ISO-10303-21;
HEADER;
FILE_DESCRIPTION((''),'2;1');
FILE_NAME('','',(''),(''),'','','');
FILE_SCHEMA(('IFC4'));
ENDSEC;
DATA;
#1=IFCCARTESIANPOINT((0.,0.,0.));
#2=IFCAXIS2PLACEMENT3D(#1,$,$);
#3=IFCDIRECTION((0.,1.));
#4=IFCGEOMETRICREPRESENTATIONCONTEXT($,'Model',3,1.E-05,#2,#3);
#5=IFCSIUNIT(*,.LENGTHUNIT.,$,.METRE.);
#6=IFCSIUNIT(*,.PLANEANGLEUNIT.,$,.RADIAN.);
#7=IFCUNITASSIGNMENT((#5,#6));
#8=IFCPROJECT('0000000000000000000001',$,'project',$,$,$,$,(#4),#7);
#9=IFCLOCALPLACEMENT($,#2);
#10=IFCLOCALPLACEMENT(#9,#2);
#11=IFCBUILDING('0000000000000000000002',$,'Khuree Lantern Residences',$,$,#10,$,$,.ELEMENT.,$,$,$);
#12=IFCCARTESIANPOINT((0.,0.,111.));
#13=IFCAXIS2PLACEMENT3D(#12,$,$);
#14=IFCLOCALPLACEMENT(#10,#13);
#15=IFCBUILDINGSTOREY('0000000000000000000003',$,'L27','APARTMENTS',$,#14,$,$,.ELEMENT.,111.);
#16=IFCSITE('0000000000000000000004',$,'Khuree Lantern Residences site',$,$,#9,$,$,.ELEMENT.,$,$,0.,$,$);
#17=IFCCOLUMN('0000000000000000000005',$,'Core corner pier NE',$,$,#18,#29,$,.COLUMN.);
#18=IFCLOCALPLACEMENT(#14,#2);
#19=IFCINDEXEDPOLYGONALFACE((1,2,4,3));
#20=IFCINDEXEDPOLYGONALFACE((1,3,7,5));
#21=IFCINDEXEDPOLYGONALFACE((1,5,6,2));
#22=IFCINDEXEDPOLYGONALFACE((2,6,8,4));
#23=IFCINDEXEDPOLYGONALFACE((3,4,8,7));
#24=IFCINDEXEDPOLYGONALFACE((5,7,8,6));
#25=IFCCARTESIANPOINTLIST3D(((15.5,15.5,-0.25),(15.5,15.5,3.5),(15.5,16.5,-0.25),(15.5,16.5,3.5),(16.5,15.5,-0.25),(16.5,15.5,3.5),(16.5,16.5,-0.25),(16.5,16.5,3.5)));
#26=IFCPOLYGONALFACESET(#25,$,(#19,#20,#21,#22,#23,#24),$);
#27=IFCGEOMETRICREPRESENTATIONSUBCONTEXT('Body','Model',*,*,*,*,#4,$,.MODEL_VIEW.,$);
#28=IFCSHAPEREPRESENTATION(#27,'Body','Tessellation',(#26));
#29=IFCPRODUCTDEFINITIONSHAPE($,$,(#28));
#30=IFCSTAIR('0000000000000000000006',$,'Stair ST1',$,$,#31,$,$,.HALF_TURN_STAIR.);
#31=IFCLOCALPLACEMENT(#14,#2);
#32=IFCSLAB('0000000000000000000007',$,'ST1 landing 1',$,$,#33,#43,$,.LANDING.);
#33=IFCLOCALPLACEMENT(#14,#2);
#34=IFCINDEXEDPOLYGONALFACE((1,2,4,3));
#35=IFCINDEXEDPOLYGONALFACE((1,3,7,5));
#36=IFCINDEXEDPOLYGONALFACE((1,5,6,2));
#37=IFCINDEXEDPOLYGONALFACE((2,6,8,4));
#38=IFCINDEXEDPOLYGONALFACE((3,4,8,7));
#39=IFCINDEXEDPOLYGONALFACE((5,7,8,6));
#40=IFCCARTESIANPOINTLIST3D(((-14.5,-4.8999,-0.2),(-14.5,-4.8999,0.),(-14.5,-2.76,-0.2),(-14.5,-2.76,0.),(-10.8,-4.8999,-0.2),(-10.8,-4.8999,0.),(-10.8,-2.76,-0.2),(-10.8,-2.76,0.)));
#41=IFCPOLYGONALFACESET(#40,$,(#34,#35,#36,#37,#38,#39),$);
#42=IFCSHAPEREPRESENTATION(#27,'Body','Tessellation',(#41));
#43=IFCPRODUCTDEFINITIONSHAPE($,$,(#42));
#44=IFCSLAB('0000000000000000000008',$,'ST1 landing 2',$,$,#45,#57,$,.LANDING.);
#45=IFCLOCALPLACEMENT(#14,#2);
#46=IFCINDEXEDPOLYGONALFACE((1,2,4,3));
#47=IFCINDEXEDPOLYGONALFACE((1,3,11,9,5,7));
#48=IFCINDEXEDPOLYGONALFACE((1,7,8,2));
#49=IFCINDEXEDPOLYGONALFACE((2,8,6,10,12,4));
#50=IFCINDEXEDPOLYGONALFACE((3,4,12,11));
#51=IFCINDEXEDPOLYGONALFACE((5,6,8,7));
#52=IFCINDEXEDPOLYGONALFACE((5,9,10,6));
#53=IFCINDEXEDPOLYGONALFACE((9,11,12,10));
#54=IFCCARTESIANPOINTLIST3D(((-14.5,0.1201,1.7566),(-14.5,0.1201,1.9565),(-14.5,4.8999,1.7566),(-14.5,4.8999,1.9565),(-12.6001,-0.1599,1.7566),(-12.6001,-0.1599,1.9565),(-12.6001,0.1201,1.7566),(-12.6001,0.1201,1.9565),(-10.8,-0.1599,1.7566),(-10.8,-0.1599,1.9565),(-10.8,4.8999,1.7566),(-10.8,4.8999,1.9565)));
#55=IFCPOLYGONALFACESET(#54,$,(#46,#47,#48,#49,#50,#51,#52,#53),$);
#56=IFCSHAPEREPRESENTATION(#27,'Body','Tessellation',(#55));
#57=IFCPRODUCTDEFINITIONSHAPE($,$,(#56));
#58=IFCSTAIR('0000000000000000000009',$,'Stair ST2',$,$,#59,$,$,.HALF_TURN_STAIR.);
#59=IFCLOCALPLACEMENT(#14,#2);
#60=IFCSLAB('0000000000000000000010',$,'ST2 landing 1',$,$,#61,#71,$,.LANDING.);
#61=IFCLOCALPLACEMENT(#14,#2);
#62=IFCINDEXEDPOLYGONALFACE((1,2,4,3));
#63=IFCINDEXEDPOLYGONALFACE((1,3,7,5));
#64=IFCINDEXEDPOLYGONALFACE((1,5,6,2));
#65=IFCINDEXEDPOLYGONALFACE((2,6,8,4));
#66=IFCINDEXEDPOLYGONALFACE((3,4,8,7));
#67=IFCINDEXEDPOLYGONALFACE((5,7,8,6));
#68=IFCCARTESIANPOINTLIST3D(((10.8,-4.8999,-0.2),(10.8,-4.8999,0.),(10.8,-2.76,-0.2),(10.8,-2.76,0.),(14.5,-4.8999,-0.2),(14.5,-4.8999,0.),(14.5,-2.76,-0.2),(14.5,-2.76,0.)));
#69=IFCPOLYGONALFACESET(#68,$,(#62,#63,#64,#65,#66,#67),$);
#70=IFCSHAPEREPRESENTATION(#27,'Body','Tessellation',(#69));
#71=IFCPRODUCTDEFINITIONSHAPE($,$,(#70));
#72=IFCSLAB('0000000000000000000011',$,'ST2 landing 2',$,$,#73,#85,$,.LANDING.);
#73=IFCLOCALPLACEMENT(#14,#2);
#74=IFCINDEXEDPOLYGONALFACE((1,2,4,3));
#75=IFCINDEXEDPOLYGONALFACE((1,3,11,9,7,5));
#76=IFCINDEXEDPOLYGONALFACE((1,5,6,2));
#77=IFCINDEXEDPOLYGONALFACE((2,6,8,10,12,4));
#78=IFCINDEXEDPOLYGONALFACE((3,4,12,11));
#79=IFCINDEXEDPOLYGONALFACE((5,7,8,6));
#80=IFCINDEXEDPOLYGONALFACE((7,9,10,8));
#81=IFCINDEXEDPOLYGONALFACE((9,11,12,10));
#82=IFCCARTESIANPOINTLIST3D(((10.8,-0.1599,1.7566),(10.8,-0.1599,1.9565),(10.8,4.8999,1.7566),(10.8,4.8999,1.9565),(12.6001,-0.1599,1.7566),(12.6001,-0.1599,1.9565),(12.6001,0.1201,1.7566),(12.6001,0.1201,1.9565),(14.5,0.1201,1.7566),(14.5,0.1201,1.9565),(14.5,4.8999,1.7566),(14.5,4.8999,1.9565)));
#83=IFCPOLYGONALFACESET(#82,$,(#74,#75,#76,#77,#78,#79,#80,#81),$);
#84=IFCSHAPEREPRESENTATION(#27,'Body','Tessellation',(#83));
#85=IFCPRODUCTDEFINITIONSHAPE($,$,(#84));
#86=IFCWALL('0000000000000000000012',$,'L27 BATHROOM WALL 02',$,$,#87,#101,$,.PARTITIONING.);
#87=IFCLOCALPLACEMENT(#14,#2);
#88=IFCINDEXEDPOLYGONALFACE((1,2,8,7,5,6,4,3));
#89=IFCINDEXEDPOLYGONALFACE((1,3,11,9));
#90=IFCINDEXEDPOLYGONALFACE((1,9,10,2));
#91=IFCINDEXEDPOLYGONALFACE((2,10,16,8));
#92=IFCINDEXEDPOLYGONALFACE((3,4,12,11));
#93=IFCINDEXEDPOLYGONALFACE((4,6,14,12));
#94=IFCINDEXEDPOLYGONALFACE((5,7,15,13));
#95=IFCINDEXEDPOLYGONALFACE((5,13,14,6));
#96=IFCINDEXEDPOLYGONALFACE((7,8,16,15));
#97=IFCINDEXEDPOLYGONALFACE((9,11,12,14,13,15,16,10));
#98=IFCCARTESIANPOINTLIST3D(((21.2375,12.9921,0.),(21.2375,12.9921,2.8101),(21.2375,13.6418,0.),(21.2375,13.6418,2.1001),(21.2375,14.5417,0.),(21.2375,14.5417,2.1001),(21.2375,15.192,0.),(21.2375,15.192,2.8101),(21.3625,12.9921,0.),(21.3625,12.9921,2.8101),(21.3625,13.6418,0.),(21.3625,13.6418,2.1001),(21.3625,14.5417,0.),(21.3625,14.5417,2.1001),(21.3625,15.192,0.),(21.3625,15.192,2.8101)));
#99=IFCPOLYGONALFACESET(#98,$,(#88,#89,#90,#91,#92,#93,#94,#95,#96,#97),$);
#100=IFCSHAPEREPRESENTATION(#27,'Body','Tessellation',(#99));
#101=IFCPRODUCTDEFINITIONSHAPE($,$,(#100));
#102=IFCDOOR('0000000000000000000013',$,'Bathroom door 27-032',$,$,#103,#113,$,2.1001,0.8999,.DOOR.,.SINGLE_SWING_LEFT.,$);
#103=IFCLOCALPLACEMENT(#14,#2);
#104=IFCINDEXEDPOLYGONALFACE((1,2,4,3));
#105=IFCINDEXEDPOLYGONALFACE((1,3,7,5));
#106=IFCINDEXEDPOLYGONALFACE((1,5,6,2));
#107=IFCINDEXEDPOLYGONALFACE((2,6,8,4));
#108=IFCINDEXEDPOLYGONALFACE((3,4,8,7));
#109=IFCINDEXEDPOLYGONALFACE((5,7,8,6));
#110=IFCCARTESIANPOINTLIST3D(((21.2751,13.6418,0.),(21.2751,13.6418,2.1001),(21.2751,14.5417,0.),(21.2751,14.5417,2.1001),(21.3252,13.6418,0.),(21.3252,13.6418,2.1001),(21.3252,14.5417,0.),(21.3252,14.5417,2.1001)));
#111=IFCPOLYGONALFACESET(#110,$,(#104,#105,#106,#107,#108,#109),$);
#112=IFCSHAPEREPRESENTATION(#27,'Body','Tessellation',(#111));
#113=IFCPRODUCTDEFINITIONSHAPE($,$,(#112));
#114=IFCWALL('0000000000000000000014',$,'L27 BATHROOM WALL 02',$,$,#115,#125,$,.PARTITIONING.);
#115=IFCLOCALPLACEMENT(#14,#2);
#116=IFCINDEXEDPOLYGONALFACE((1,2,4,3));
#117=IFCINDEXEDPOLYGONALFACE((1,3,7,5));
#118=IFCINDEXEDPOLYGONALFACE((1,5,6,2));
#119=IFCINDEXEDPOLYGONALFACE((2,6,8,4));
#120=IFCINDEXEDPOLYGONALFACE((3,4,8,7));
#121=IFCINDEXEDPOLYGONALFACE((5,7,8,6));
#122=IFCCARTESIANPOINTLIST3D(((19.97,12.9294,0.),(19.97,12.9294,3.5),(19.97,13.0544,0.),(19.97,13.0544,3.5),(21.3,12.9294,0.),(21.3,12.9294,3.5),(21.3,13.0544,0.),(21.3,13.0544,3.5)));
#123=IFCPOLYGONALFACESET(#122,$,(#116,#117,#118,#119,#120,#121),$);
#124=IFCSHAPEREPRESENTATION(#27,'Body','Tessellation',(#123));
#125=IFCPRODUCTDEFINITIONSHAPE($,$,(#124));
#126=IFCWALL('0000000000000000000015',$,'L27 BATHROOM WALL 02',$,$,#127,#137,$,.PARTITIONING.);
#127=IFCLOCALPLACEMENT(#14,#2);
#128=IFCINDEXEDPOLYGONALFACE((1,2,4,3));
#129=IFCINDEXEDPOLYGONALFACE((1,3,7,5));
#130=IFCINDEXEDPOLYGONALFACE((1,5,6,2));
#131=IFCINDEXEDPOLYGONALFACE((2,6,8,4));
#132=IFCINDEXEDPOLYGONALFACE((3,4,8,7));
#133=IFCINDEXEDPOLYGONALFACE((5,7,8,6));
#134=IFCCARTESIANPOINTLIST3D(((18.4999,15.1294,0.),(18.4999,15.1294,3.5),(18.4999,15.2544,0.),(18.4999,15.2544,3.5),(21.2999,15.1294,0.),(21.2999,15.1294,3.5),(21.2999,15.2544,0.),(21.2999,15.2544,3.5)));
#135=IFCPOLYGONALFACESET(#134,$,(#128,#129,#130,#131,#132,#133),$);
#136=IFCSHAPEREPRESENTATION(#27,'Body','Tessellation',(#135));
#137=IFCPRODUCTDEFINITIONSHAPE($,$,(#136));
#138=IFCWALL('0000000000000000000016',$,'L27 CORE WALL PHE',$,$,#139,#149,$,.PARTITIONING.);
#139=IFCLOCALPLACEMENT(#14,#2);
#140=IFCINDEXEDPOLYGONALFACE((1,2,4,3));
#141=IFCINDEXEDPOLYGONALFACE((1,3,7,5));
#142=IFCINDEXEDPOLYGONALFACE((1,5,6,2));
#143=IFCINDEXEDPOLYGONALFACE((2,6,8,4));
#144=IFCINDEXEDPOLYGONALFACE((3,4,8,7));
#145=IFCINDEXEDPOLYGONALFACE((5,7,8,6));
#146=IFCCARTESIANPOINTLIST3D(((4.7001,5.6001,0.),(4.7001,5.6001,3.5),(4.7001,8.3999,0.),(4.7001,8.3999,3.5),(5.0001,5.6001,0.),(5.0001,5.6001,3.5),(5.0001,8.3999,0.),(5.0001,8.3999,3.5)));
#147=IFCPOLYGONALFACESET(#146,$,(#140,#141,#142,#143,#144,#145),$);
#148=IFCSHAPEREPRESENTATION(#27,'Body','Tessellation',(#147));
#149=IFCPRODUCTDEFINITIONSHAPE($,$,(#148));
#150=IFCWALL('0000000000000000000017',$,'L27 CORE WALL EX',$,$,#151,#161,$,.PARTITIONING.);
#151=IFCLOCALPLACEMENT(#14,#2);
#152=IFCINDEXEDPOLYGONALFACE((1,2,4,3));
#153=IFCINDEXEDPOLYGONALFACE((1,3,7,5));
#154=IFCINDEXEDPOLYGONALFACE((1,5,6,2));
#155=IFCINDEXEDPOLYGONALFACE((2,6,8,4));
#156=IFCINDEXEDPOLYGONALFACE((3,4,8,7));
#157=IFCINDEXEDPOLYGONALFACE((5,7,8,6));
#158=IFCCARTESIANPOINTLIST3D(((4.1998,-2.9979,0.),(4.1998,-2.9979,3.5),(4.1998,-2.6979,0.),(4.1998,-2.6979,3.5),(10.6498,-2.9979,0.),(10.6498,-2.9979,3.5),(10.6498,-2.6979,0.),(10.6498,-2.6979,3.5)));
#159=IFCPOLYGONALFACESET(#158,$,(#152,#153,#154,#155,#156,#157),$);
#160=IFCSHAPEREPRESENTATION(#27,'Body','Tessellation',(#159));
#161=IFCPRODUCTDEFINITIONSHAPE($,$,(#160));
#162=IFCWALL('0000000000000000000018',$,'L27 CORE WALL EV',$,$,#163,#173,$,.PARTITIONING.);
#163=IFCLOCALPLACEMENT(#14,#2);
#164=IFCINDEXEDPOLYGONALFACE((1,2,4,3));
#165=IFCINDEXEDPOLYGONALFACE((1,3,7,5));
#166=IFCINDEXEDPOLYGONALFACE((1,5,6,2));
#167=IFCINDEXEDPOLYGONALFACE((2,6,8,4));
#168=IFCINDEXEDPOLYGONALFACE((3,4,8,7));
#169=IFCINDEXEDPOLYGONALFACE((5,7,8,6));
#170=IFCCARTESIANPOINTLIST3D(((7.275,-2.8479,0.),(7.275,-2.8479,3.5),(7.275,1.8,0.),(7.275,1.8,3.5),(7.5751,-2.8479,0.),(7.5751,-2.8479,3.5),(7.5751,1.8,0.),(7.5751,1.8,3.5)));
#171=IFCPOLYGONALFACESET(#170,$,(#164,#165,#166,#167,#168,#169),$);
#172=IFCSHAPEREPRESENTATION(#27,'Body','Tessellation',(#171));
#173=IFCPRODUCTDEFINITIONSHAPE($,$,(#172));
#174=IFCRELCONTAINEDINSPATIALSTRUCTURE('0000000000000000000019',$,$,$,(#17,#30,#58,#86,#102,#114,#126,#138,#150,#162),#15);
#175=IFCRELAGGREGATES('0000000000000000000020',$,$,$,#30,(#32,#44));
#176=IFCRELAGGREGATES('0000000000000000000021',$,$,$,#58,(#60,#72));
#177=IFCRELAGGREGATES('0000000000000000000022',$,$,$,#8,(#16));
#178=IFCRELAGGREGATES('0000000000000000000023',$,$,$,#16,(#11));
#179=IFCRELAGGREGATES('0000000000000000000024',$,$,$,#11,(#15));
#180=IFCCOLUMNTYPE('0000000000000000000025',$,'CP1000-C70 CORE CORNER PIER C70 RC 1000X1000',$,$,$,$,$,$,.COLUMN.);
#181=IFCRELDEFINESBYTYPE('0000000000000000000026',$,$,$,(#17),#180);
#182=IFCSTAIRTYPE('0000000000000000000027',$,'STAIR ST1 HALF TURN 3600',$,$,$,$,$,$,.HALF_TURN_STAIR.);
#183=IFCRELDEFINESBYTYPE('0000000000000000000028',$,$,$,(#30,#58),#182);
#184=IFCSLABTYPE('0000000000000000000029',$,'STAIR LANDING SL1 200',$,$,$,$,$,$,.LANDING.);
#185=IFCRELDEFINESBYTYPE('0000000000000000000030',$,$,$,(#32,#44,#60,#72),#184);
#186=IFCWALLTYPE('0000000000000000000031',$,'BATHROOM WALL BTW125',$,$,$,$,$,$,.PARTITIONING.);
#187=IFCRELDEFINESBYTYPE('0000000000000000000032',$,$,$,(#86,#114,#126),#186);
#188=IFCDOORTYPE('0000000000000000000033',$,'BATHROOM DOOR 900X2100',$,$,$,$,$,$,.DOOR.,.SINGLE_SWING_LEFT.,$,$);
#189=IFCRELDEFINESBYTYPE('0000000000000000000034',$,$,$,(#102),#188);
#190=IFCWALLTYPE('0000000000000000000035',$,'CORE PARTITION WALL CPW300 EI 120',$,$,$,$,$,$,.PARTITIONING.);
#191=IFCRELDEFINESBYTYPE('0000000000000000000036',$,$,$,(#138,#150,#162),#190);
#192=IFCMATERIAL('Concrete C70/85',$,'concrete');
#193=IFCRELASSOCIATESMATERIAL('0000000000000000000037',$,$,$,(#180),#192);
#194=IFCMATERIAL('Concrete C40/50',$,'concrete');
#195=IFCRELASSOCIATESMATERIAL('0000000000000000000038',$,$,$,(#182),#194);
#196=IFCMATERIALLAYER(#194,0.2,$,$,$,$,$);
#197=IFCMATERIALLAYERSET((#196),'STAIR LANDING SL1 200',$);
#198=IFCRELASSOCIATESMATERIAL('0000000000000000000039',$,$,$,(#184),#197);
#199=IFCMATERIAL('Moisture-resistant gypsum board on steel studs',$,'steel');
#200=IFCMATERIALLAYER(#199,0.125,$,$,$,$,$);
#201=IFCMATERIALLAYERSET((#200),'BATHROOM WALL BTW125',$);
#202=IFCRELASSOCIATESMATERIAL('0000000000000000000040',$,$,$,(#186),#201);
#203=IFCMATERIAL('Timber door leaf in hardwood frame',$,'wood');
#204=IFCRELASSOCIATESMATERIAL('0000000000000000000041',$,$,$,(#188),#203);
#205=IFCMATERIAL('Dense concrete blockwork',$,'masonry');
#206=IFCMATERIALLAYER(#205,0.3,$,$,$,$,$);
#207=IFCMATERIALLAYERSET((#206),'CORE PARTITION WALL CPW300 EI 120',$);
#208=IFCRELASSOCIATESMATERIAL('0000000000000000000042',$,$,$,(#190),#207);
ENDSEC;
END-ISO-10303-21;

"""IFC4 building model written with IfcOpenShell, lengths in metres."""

from ifc_helpers import new_model, si_unit, direction, frame, frame_2d, origin, origin_2d, place, context, subcontext, project, spatial, polyline, rectangle, outline, extrude, material, layer, layer_set, material_profile, profile_set, type_object, element, fill, aggregate, save


model = new_model("IFC4")

# Units and contexts
model_context = context("Model", 3, precision=1e-05, world=origin(), true_north=direction((0.0, 1.0)))
body_context = subcontext(model_context, "Body", "Model", "MODEL_VIEW")
ifc_project = project(units=[si_unit("LENGTHUNIT", "METRE"), si_unit("PLANEANGLEUNIT", "RADIAN")], contexts=[model_context])

# Site, building, storey
site_placement = place(None, origin())
site = spatial("IfcSite", under=ifc_project, at=site_placement, Name="Khuree Lantern Residences site", CompositionType="ELEMENT", RefElevation=0.0)
building_placement = place(site_placement, origin())
building = spatial("IfcBuilding", under=site, at=building_placement, Name="Khuree Lantern Residences", CompositionType="ELEMENT")
storey_placement = place(building_placement, frame((0.0, 0.0, 111.0)))
storey = spatial("IfcBuildingStorey", under=building, at=storey_placement, Name="L27", Description="APARTMENTS", CompositionType="ELEMENT", Elevation=111.0)

# Column
ifc_material_1 = material(Name="Concrete C70/85", Category="concrete")
ifc_material_profile = material_profile(ifc_material_1, rectangle(XDim=1.0, YDim=1.0, at=origin_2d()), Name="RC 1000X1000")
ifc_profile_set = profile_set([ifc_material_profile], Name="Concrete C70/85")
column_type = type_object("IfcColumnType", Name="CP1000-C70 CORE CORNER PIER C70 RC 1000X1000", PredefinedType="COLUMN", material=ifc_profile_set)
column_placement = place(storey_placement, frame((16.0, 16.0, -0.25), z_axis=(0.0, 0.0, 1.0), x_axis=(1.0, 0.0, 0.0)))
element("IfcColumn", 1, at=column_placement, inside=storey, type_object=column_type, Name="Core corner pier NE", PredefinedType="COLUMN", context=body_context, shape_type="SweptSolid", body=[
    extrude(rectangle(XDim=1.0, YDim=1.0, at=origin_2d()), origin(), (0.0, 0.0, 1.0), 3.75),
])

# Stairs, slabs
ifc_material_2 = material(Name="Concrete C40/50", Category="concrete")
stair_type = type_object("IfcStairType", Name="STAIR ST1 HALF TURN 3600", PredefinedType="HALF_TURN_STAIR", material=ifc_material_2)
stair_1_placement = place(storey_placement, origin())
stair_1 = element("IfcStair", 2, at=stair_1_placement, inside=storey, type_object=stair_type, Name="Stair ST1", PredefinedType="HALF_TURN_STAIR")
ifc_layer_1 = layer(ifc_material_2, 0.2)
ifc_layer_set_1 = layer_set([ifc_layer_1], Name="STAIR LANDING SL1 200")
slab_type = type_object("IfcSlabType", Name="STAIR LANDING SL1 200", PredefinedType="LANDING", material=ifc_layer_set_1)
slab_1_placement = place(storey_placement, frame((0.0, 0.0, -0.2)))
slab_1 = element("IfcSlab", 3, at=slab_1_placement, type_object=slab_type, Name="ST1 landing 1", PredefinedType="LANDING", context=body_context, shape_type="SweptSolid", body=[
    extrude(outline(polyline([(-14.5, -4.8999), (-10.8, -4.8999), (-10.8, -2.76), (-14.5, -2.76), (-14.5, -4.8999)])), origin(), (0.0, 0.0, 1.0), 0.2),
])
slab_2_placement = place(storey_placement, frame((0.0, 0.0, 1.7566)))
slab_2 = element("IfcSlab", 4, at=slab_2_placement, type_object=slab_type, Name="ST1 landing 2", PredefinedType="LANDING", context=body_context, shape_type="SweptSolid", body=[
    extrude(outline(polyline([(-14.5, 0.1201), (-14.5, 4.8999), (-10.8, 4.8999), (-10.8, -0.1599), (-12.6001, -0.1599), (-12.6001, 0.1201), (-14.5, 0.1201)])), origin(), (0.0, 0.0, 1.0), 0.2),
])
aggregate(stair_1, [slab_1, slab_2])
stair_2_placement = place(storey_placement, origin())
stair_2 = element("IfcStair", 5, at=stair_2_placement, inside=storey, type_object=stair_type, Name="Stair ST2", PredefinedType="HALF_TURN_STAIR")
slab_3_placement = place(storey_placement, frame((0.0, 0.0, -0.2)))
slab_3 = element("IfcSlab", 6, at=slab_3_placement, type_object=slab_type, Name="ST2 landing 1", PredefinedType="LANDING", context=body_context, shape_type="SweptSolid", body=[
    extrude(outline(polyline([(10.8, -4.8999), (14.5, -4.8999), (14.5, -2.76), (10.8, -2.76), (10.8, -4.8999)])), origin(), (0.0, 0.0, 1.0), 0.2),
])
slab_4_placement = place(storey_placement, frame((0.0, 0.0, 1.7566)))
slab_4 = element("IfcSlab", 7, at=slab_4_placement, type_object=slab_type, Name="ST2 landing 2", PredefinedType="LANDING", context=body_context, shape_type="SweptSolid", body=[
    extrude(outline(polyline([(14.5, 4.8999), (14.5, 0.1201), (12.6001, 0.1201), (12.6001, -0.1599), (10.8, -0.1599), (10.8, 4.8999), (14.5, 4.8999)])), origin(), (0.0, 0.0, 1.0), 0.2),
])

# Wall, opening, door
ifc_material_3 = material(Name="Moisture-resistant gypsum board on steel studs", Category="steel")
ifc_layer_2 = layer(ifc_material_3, 0.125)
ifc_layer_set_2 = layer_set([ifc_layer_2], Name="BATHROOM WALL BTW125")
wall_type_1 = type_object("IfcWallType", Name="BATHROOM WALL BTW125", PredefinedType="PARTITIONING", material=ifc_layer_set_2)
wall_1_placement = place(storey_placement, frame((21.3, 12.9919, 0.0), z_axis=(0.0, 0.0, 1.0), x_axis=(0.0, 1.0, 0.0)))
wall_1 = element("IfcWall", 8, at=wall_1_placement, inside=storey, type_object=wall_type_1, Name="L27 BATHROOM WALL 02", PredefinedType="PARTITIONING", context=body_context, shape_type="SweptSolid", body=[
    extrude(rectangle(XDim=2.2, YDim=0.125, at=frame_2d((1.1001, 0.0))), origin(), (0.0, 0.0, 1.0), 2.8101),
])
opening_1_placement = place(wall_1_placement, frame((0.6499, 0.0, 0.0)))
opening_1 = element("IfcOpeningElement", 9, at=opening_1_placement, cuts=wall_1, PredefinedType="OPENING", context=body_context, shape_type="SweptSolid", body=[
    extrude(rectangle(XDim=0.8999, YDim=2.1001, at=frame_2d((0.45, 1.05))), frame((0.0, 0.0725, 0.0), z_axis=(0.0, -1.0, 0.0), x_axis=(1.0, 0.0, 0.0)), (0.0, 0.0, 1.0), 0.145),
])
ifc_material_4 = material(Name="Timber door leaf in hardwood frame", Category="wood")
door_type_1 = type_object("IfcDoorType", Name="BATHROOM DOOR 900X2100", OperationType="SINGLE_SWING_LEFT", PredefinedType="DOOR", material=ifc_material_4)
door_1_placement = place(opening_1_placement, origin())
door_1 = element("IfcDoor", 10, at=door_1_placement, inside=storey, type_object=door_type_1, Name="Bathroom door 27-032", OperationType="SINGLE_SWING_LEFT", OverallHeight=2.1001, OverallWidth=0.8999, PredefinedType="DOOR", context=body_context, shape_type="SweptSolid", body=[
    extrude(rectangle(XDim=0.8999, YDim=2.1001, at=frame_2d((0.45, 1.05))), frame((0.0, 0.0249, 0.0), z_axis=(0.0, -1.0, 0.0), x_axis=(1.0, 0.0, 0.0)), (0.0, 0.0, 1.0), 0.05),
])
fill(opening_1, door_1)

# Walls
wall_2_placement = place(storey_placement, frame((19.97, 12.9919, 0.0), z_axis=(0.0, 0.0, 1.0), x_axis=(1.0, 0.0, 0.0)))
element("IfcWall", 11, at=wall_2_placement, inside=storey, type_object=wall_type_1, Name="L27 BATHROOM WALL 02", PredefinedType="PARTITIONING", context=body_context, shape_type="SweptSolid", body=[
    extrude(rectangle(XDim=1.3301, YDim=0.125, at=frame_2d((0.665, 0.0))), origin(), (0.0, 0.0, 1.0), 3.5),
])
wall_3_placement = place(storey_placement, frame((18.5, 15.1919, 0.0), z_axis=(0.0, 0.0, 1.0), x_axis=(1.0, 0.0, 0.0)))
element("IfcWall", 12, at=wall_3_placement, inside=storey, type_object=wall_type_1, Name="L27 BATHROOM WALL 02", PredefinedType="PARTITIONING", context=body_context, shape_type="SweptSolid", body=[
    extrude(rectangle(XDim=2.8, YDim=0.125, at=frame_2d((1.3999, 0.0))), origin(), (0.0, 0.0, 1.0), 3.5),
])
ifc_material_5 = material(Name="Dense concrete blockwork", Category="masonry")
ifc_layer_3 = layer(ifc_material_5, 0.3)
ifc_layer_set_3 = layer_set([ifc_layer_3], Name="CORE PARTITION WALL CPW300 EI 120")
wall_type_2 = type_object("IfcWallType", Name="CORE PARTITION WALL CPW300 EI 120", PredefinedType="PARTITIONING", material=ifc_layer_set_3)
wall_4_placement = place(storey_placement, frame((4.8501, 5.6001, 0.0), z_axis=(0.0, 0.0, 1.0), x_axis=(0.0, 1.0, 0.0)))
element("IfcWall", 13, at=wall_4_placement, inside=storey, type_object=wall_type_2, Name="L27 CORE WALL PHE", PredefinedType="PARTITIONING", context=body_context, shape_type="SweptSolid", body=[
    extrude(rectangle(XDim=2.7998, YDim=0.3, at=frame_2d((1.3999, 0.0))), origin(), (0.0, 0.0, 1.0), 3.5),
])
wall_5_placement = place(storey_placement, frame((10.6499, -2.8479, 0.0), z_axis=(0.0, 0.0, 1.0), x_axis=(-1.0, 0.0, 0.0)))
element("IfcWall", 14, at=wall_5_placement, inside=storey, type_object=wall_type_2, Name="L27 CORE WALL EX", PredefinedType="PARTITIONING", context=body_context, shape_type="SweptSolid", body=[
    extrude(rectangle(XDim=6.45, YDim=0.3, at=frame_2d((3.2251, 0.0))), origin(), (0.0, 0.0, 1.0), 3.5),
])
wall_6_placement = place(storey_placement, frame((7.425, -2.8479, 0.0), z_axis=(0.0, 0.0, 1.0), x_axis=(0.0, 1.0, 0.0)))
element("IfcWall", 15, at=wall_6_placement, inside=storey, type_object=wall_type_2, Name="L27 CORE WALL EV", PredefinedType="PARTITIONING", context=body_context, shape_type="SweptSolid", body=[
    extrude(rectangle(XDim=4.6479, YDim=0.3, at=frame_2d((2.324, 0.0))), origin(), (0.0, 0.0, 1.0), 3.5),
])

aggregate(stair_2, [slab_3, slab_4])

save(model, "model.ifc")
